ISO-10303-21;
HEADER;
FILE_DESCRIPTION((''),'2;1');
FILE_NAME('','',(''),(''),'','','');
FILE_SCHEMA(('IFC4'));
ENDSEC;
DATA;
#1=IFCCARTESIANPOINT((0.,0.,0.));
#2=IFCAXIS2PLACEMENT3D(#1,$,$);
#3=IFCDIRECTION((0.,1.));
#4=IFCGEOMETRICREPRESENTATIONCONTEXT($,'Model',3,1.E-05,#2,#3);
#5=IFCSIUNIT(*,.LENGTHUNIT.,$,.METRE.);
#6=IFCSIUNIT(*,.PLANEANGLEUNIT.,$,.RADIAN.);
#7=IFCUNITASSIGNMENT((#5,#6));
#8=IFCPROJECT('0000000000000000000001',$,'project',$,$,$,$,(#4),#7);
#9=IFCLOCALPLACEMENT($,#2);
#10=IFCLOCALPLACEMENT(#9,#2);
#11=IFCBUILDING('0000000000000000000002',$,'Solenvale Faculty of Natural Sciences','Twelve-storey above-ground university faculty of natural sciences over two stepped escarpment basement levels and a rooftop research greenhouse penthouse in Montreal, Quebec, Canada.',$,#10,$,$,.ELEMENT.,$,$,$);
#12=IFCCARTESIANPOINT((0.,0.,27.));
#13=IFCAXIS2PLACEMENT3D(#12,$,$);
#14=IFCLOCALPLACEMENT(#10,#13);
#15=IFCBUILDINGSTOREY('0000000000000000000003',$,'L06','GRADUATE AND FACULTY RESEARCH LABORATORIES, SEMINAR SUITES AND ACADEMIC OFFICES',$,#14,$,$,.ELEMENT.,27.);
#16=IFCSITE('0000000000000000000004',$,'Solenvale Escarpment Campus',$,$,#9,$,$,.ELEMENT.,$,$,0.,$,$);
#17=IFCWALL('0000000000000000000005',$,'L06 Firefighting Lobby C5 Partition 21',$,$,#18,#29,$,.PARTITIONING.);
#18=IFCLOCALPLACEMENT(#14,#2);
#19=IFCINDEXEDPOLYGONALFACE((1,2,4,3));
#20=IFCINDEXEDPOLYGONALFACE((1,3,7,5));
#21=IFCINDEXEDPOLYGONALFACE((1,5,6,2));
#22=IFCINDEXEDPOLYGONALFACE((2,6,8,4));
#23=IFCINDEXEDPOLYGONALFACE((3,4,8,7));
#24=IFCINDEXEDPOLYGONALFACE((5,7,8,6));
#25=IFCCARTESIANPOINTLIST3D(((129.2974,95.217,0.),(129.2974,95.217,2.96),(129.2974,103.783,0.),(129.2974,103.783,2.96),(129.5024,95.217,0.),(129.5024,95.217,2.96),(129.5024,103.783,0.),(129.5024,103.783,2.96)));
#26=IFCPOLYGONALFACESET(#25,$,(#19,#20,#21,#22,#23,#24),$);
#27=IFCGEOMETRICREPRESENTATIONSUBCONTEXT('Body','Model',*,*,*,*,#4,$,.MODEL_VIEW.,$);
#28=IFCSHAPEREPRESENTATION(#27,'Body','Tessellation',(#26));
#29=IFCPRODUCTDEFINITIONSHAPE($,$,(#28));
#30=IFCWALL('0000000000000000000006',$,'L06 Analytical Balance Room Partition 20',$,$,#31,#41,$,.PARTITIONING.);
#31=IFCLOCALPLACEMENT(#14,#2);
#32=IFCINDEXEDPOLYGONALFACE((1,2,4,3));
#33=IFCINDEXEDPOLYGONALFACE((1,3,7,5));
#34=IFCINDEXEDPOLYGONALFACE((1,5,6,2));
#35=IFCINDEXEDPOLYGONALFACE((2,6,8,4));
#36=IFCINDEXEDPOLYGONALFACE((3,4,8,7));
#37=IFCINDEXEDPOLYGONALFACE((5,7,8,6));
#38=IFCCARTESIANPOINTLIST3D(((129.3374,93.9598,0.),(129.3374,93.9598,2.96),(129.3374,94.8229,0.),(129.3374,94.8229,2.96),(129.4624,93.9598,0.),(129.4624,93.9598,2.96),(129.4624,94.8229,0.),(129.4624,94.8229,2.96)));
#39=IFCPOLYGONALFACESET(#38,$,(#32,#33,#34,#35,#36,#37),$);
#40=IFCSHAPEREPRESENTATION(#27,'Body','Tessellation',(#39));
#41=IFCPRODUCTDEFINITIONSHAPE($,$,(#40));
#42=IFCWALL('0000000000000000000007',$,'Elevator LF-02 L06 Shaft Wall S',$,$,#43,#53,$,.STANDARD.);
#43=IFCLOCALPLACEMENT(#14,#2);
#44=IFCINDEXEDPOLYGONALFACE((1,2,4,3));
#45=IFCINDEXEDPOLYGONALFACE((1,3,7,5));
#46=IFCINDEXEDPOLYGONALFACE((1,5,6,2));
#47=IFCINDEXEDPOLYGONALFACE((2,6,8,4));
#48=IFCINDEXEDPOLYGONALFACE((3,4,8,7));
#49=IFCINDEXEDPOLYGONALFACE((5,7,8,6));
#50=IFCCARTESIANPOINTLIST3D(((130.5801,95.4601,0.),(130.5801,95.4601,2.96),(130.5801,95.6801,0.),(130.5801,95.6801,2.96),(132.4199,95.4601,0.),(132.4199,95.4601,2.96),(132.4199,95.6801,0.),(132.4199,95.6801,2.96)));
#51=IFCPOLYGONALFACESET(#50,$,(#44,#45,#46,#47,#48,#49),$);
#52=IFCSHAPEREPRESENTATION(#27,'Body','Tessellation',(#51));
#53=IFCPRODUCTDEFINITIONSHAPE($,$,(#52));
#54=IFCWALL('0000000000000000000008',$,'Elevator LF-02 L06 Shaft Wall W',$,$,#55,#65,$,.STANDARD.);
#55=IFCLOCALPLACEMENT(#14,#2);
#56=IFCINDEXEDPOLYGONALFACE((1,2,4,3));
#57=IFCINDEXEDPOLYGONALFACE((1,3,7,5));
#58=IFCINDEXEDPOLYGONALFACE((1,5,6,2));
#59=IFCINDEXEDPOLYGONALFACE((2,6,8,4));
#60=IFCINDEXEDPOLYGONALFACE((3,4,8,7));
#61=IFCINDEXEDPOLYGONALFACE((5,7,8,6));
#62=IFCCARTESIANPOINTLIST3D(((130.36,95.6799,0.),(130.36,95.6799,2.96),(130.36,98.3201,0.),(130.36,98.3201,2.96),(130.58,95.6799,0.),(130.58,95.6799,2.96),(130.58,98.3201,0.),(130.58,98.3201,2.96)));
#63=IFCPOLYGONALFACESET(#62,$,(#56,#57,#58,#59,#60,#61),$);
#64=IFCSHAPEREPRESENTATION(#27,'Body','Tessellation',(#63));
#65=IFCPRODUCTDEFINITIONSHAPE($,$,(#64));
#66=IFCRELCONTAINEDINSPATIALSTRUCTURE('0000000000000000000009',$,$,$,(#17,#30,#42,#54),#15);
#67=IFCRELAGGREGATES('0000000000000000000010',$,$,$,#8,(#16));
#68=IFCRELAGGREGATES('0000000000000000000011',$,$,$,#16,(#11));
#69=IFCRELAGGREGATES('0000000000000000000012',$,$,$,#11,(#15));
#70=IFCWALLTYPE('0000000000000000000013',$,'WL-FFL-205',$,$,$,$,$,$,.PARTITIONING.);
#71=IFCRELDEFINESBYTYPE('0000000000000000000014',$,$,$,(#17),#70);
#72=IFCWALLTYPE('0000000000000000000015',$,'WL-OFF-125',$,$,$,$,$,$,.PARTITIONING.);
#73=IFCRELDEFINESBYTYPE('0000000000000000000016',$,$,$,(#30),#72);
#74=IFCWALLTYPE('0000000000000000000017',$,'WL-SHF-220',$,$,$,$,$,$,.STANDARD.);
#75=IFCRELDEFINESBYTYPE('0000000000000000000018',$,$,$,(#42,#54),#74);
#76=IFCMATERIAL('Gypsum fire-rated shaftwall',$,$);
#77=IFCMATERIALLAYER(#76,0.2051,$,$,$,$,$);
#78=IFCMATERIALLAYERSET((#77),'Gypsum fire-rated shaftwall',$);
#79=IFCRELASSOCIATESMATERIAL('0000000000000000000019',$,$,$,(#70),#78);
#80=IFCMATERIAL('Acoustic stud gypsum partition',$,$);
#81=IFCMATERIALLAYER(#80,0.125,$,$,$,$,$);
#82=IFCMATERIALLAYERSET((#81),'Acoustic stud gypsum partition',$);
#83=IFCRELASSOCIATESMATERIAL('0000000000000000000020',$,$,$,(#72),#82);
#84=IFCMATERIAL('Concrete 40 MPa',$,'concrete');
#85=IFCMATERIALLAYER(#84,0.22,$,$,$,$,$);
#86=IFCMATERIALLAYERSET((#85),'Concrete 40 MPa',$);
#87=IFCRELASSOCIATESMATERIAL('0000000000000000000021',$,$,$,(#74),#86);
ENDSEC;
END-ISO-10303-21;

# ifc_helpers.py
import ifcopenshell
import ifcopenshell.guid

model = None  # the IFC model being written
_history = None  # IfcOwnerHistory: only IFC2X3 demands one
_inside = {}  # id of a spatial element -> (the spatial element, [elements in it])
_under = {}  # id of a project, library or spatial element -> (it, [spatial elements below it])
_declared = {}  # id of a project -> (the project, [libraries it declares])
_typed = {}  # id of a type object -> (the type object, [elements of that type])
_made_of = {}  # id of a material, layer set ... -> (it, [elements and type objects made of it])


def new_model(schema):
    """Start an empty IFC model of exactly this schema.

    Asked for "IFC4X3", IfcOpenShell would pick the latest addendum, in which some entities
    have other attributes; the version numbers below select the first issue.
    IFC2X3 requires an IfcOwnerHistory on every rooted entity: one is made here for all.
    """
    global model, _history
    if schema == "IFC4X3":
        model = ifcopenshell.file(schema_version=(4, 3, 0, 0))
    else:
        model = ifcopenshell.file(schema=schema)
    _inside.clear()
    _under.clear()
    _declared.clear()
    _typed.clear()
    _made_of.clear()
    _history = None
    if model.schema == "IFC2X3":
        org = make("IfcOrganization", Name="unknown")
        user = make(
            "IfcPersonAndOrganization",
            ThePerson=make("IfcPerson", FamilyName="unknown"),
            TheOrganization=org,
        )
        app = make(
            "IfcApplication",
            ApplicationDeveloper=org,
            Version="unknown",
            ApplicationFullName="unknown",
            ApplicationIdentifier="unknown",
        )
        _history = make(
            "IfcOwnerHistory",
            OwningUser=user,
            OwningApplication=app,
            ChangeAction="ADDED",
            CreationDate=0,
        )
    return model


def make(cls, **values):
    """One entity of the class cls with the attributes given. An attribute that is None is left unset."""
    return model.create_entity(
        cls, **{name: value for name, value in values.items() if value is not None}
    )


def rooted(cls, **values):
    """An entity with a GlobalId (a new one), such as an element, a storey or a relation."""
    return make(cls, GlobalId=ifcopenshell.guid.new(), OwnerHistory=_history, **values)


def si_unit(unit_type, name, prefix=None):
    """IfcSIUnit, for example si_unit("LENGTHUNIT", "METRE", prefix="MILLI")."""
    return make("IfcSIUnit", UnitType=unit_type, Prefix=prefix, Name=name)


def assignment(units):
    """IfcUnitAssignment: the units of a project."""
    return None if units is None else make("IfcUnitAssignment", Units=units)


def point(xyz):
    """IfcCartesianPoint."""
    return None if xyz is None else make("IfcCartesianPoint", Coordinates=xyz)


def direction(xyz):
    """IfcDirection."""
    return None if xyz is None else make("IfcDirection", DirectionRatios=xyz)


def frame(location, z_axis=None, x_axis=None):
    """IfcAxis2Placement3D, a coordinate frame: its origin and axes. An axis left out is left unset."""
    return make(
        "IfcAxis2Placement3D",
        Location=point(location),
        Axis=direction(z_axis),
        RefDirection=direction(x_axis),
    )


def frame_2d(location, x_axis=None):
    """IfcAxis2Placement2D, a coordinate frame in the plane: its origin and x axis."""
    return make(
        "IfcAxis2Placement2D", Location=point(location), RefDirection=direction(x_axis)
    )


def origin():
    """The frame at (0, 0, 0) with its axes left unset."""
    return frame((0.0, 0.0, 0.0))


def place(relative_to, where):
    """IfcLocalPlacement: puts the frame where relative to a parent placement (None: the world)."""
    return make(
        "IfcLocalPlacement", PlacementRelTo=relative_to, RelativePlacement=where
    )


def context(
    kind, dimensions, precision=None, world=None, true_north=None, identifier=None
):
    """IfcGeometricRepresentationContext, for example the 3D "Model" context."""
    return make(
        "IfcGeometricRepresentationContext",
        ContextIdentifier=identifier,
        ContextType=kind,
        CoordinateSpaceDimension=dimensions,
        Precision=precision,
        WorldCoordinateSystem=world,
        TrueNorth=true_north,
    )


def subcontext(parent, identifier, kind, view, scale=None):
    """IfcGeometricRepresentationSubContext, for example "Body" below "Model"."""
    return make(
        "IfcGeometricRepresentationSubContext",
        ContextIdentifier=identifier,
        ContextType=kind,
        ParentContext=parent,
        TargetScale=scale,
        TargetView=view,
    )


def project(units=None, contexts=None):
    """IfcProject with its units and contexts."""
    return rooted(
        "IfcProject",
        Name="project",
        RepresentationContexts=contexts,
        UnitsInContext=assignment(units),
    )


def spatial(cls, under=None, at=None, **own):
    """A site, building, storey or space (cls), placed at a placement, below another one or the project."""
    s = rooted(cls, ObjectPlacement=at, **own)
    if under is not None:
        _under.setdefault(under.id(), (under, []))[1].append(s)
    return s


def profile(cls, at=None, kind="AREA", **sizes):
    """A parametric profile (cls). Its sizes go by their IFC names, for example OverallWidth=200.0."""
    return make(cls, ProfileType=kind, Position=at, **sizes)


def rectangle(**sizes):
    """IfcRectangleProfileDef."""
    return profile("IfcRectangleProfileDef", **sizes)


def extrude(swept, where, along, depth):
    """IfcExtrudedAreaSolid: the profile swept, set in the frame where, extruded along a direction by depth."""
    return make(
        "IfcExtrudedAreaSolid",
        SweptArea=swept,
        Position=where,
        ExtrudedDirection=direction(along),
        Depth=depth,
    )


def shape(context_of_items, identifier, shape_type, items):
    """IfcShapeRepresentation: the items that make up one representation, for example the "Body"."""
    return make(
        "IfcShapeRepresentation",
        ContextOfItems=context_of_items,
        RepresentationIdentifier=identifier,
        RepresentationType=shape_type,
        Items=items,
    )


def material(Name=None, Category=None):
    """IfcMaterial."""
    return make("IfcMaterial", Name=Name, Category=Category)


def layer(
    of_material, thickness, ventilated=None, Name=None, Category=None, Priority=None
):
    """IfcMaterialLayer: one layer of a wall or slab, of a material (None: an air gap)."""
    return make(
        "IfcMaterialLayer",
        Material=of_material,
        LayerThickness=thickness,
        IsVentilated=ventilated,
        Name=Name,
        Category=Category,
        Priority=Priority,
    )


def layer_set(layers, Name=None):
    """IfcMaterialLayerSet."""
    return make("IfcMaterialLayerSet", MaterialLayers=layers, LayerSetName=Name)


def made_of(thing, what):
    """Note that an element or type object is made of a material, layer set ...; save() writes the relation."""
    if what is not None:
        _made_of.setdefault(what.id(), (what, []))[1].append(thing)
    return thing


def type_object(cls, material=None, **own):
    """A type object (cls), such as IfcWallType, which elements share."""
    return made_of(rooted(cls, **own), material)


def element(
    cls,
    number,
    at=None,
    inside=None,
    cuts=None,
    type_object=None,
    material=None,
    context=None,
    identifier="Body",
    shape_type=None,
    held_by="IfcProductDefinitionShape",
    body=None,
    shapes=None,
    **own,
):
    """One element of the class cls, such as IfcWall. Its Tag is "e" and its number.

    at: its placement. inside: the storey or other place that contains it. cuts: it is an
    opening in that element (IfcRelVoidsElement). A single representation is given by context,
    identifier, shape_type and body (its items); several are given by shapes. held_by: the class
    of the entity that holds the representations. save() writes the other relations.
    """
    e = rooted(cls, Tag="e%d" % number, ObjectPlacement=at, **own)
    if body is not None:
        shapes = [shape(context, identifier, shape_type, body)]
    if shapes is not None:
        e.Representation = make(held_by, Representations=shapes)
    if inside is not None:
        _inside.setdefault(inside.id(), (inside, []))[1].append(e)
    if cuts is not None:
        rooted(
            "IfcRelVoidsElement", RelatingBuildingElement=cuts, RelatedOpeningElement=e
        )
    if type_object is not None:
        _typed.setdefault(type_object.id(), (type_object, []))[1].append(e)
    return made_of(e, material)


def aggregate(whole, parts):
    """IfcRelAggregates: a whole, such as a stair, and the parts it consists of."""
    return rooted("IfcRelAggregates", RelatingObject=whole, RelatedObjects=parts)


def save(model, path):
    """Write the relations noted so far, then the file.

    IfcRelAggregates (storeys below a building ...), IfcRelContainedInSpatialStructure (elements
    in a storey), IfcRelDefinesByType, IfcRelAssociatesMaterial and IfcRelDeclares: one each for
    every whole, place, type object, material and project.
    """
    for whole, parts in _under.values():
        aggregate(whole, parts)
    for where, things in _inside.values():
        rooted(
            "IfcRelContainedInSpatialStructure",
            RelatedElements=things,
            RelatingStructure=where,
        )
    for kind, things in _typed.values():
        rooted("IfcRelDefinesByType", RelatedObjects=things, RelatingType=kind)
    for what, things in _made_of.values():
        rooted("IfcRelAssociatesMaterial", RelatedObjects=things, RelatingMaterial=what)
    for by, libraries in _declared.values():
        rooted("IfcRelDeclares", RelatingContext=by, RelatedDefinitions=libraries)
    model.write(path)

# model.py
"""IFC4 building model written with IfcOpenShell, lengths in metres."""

from ifc_helpers import new_model, si_unit, direction, frame, frame_2d, origin, place, context, subcontext, project, spatial, rectangle, extrude, material, layer, layer_set, type_object, element, save


model = new_model("IFC4")

# Units and contexts
model_context = context("Model", 3, precision=1e-05, world=origin(), true_north=direction((0.0, 1.0)))
body_context = subcontext(model_context, "Body", "Model", "MODEL_VIEW")
ifc_project = project(units=[si_unit("LENGTHUNIT", "METRE"), si_unit("PLANEANGLEUNIT", "RADIAN")], contexts=[model_context])

# Site, building, storey
site_placement = place(None, origin())
site = spatial("IfcSite", under=ifc_project, at=site_placement, Name="Solenvale Escarpment Campus", CompositionType="ELEMENT", RefElevation=0.0)
building_placement = place(site_placement, origin())
building = spatial("IfcBuilding", under=site, at=building_placement, Name="Solenvale Faculty of Natural Sciences", Description="Twelve-storey above-ground university faculty of natural sciences over two stepped escarpment basement levels and a rooftop research greenhouse penthouse in Montreal, Quebec, Canada.", CompositionType="ELEMENT")
storey_placement = place(building_placement, frame((0.0, 0.0, 27.0)))
storey = spatial("IfcBuildingStorey", under=building, at=storey_placement, Name="L06", Description="GRADUATE AND FACULTY RESEARCH LABORATORIES, SEMINAR SUITES AND ACADEMIC OFFICES", CompositionType="ELEMENT", Elevation=27.0)

# Shared definitions
ifc_material_1 = material(Name="Concrete 40 MPa", Category="concrete")

# Walls
ifc_material_2 = material(Name="Gypsum fire-rated shaftwall")
ifc_layer_1 = layer(ifc_material_2, 0.2051)
ifc_layer_set_1 = layer_set([ifc_layer_1], Name="Gypsum fire-rated shaftwall")
wall_type_1 = type_object("IfcWallType", Name="WL-FFL-205", PredefinedType="PARTITIONING", material=ifc_layer_set_1)
wall_1_placement = place(storey_placement, frame((129.3999, 95.217, 0.0), z_axis=(0.0, 0.0, 1.0), x_axis=(0.0, 1.0, 0.0)))
element("IfcWall", 1, at=wall_1_placement, inside=storey, type_object=wall_type_1, Name="L06 Firefighting Lobby C5 Partition 21", PredefinedType="PARTITIONING", context=body_context, shape_type="SweptSolid", body=[
    extrude(rectangle(XDim=8.5659, YDim=0.2051, at=frame_2d((4.283, 0.0))), origin(), (0.0, 0.0, 1.0), 2.96),
])
ifc_material_3 = material(Name="Acoustic stud gypsum partition")
ifc_layer_2 = layer(ifc_material_3, 0.125)
ifc_layer_set_2 = layer_set([ifc_layer_2], Name="Acoustic stud gypsum partition")
wall_type_2 = type_object("IfcWallType", Name="WL-OFF-125", PredefinedType="PARTITIONING", material=ifc_layer_set_2)
wall_2_placement = place(storey_placement, frame((129.3999, 94.823, 0.0), z_axis=(0.0, 0.0, 1.0), x_axis=(0.0, -1.0, 0.0)))
element("IfcWall", 2, at=wall_2_placement, inside=storey, type_object=wall_type_2, Name="L06 Analytical Balance Room Partition 20", PredefinedType="PARTITIONING", context=body_context, shape_type="SweptSolid", body=[
    extrude(rectangle(XDim=0.863, YDim=0.125, at=frame_2d((0.4316, 0.0))), origin(), (0.0, 0.0, 1.0), 2.96),
])
ifc_layer_3 = layer(ifc_material_1, 0.22)
ifc_layer_set_3 = layer_set([ifc_layer_3], Name="Concrete 40 MPa")
wall_type_3 = type_object("IfcWallType", Name="WL-SHF-220", PredefinedType="STANDARD", material=ifc_layer_set_3)
wall_3_placement = place(storey_placement, frame((130.5801, 95.5701, 0.0), z_axis=(0.0, 0.0, 1.0), x_axis=(1.0, 0.0, 0.0)))
element("IfcWall", 3, at=wall_3_placement, inside=storey, type_object=wall_type_3, Name="Elevator LF-02 L06 Shaft Wall S", PredefinedType="STANDARD", context=body_context, shape_type="SweptSolid", body=[
    extrude(rectangle(XDim=1.8398, YDim=0.22, at=frame_2d((0.9199, 0.0))), origin(), (0.0, 0.0, 1.0), 2.96),
])
wall_4_placement = place(storey_placement, frame((130.47, 95.6799, 0.0), z_axis=(0.0, 0.0, 1.0), x_axis=(0.0, 1.0, 0.0)))
element("IfcWall", 4, at=wall_4_placement, inside=storey, type_object=wall_type_3, Name="Elevator LF-02 L06 Shaft Wall W", PredefinedType="STANDARD", context=body_context, shape_type="SweptSolid", body=[
    extrude(rectangle(XDim=2.6401, YDim=0.22, at=frame_2d((1.3201, 0.0))), origin(), (0.0, 0.0, 1.0), 2.96),
])

save(model, "model.ifc")
